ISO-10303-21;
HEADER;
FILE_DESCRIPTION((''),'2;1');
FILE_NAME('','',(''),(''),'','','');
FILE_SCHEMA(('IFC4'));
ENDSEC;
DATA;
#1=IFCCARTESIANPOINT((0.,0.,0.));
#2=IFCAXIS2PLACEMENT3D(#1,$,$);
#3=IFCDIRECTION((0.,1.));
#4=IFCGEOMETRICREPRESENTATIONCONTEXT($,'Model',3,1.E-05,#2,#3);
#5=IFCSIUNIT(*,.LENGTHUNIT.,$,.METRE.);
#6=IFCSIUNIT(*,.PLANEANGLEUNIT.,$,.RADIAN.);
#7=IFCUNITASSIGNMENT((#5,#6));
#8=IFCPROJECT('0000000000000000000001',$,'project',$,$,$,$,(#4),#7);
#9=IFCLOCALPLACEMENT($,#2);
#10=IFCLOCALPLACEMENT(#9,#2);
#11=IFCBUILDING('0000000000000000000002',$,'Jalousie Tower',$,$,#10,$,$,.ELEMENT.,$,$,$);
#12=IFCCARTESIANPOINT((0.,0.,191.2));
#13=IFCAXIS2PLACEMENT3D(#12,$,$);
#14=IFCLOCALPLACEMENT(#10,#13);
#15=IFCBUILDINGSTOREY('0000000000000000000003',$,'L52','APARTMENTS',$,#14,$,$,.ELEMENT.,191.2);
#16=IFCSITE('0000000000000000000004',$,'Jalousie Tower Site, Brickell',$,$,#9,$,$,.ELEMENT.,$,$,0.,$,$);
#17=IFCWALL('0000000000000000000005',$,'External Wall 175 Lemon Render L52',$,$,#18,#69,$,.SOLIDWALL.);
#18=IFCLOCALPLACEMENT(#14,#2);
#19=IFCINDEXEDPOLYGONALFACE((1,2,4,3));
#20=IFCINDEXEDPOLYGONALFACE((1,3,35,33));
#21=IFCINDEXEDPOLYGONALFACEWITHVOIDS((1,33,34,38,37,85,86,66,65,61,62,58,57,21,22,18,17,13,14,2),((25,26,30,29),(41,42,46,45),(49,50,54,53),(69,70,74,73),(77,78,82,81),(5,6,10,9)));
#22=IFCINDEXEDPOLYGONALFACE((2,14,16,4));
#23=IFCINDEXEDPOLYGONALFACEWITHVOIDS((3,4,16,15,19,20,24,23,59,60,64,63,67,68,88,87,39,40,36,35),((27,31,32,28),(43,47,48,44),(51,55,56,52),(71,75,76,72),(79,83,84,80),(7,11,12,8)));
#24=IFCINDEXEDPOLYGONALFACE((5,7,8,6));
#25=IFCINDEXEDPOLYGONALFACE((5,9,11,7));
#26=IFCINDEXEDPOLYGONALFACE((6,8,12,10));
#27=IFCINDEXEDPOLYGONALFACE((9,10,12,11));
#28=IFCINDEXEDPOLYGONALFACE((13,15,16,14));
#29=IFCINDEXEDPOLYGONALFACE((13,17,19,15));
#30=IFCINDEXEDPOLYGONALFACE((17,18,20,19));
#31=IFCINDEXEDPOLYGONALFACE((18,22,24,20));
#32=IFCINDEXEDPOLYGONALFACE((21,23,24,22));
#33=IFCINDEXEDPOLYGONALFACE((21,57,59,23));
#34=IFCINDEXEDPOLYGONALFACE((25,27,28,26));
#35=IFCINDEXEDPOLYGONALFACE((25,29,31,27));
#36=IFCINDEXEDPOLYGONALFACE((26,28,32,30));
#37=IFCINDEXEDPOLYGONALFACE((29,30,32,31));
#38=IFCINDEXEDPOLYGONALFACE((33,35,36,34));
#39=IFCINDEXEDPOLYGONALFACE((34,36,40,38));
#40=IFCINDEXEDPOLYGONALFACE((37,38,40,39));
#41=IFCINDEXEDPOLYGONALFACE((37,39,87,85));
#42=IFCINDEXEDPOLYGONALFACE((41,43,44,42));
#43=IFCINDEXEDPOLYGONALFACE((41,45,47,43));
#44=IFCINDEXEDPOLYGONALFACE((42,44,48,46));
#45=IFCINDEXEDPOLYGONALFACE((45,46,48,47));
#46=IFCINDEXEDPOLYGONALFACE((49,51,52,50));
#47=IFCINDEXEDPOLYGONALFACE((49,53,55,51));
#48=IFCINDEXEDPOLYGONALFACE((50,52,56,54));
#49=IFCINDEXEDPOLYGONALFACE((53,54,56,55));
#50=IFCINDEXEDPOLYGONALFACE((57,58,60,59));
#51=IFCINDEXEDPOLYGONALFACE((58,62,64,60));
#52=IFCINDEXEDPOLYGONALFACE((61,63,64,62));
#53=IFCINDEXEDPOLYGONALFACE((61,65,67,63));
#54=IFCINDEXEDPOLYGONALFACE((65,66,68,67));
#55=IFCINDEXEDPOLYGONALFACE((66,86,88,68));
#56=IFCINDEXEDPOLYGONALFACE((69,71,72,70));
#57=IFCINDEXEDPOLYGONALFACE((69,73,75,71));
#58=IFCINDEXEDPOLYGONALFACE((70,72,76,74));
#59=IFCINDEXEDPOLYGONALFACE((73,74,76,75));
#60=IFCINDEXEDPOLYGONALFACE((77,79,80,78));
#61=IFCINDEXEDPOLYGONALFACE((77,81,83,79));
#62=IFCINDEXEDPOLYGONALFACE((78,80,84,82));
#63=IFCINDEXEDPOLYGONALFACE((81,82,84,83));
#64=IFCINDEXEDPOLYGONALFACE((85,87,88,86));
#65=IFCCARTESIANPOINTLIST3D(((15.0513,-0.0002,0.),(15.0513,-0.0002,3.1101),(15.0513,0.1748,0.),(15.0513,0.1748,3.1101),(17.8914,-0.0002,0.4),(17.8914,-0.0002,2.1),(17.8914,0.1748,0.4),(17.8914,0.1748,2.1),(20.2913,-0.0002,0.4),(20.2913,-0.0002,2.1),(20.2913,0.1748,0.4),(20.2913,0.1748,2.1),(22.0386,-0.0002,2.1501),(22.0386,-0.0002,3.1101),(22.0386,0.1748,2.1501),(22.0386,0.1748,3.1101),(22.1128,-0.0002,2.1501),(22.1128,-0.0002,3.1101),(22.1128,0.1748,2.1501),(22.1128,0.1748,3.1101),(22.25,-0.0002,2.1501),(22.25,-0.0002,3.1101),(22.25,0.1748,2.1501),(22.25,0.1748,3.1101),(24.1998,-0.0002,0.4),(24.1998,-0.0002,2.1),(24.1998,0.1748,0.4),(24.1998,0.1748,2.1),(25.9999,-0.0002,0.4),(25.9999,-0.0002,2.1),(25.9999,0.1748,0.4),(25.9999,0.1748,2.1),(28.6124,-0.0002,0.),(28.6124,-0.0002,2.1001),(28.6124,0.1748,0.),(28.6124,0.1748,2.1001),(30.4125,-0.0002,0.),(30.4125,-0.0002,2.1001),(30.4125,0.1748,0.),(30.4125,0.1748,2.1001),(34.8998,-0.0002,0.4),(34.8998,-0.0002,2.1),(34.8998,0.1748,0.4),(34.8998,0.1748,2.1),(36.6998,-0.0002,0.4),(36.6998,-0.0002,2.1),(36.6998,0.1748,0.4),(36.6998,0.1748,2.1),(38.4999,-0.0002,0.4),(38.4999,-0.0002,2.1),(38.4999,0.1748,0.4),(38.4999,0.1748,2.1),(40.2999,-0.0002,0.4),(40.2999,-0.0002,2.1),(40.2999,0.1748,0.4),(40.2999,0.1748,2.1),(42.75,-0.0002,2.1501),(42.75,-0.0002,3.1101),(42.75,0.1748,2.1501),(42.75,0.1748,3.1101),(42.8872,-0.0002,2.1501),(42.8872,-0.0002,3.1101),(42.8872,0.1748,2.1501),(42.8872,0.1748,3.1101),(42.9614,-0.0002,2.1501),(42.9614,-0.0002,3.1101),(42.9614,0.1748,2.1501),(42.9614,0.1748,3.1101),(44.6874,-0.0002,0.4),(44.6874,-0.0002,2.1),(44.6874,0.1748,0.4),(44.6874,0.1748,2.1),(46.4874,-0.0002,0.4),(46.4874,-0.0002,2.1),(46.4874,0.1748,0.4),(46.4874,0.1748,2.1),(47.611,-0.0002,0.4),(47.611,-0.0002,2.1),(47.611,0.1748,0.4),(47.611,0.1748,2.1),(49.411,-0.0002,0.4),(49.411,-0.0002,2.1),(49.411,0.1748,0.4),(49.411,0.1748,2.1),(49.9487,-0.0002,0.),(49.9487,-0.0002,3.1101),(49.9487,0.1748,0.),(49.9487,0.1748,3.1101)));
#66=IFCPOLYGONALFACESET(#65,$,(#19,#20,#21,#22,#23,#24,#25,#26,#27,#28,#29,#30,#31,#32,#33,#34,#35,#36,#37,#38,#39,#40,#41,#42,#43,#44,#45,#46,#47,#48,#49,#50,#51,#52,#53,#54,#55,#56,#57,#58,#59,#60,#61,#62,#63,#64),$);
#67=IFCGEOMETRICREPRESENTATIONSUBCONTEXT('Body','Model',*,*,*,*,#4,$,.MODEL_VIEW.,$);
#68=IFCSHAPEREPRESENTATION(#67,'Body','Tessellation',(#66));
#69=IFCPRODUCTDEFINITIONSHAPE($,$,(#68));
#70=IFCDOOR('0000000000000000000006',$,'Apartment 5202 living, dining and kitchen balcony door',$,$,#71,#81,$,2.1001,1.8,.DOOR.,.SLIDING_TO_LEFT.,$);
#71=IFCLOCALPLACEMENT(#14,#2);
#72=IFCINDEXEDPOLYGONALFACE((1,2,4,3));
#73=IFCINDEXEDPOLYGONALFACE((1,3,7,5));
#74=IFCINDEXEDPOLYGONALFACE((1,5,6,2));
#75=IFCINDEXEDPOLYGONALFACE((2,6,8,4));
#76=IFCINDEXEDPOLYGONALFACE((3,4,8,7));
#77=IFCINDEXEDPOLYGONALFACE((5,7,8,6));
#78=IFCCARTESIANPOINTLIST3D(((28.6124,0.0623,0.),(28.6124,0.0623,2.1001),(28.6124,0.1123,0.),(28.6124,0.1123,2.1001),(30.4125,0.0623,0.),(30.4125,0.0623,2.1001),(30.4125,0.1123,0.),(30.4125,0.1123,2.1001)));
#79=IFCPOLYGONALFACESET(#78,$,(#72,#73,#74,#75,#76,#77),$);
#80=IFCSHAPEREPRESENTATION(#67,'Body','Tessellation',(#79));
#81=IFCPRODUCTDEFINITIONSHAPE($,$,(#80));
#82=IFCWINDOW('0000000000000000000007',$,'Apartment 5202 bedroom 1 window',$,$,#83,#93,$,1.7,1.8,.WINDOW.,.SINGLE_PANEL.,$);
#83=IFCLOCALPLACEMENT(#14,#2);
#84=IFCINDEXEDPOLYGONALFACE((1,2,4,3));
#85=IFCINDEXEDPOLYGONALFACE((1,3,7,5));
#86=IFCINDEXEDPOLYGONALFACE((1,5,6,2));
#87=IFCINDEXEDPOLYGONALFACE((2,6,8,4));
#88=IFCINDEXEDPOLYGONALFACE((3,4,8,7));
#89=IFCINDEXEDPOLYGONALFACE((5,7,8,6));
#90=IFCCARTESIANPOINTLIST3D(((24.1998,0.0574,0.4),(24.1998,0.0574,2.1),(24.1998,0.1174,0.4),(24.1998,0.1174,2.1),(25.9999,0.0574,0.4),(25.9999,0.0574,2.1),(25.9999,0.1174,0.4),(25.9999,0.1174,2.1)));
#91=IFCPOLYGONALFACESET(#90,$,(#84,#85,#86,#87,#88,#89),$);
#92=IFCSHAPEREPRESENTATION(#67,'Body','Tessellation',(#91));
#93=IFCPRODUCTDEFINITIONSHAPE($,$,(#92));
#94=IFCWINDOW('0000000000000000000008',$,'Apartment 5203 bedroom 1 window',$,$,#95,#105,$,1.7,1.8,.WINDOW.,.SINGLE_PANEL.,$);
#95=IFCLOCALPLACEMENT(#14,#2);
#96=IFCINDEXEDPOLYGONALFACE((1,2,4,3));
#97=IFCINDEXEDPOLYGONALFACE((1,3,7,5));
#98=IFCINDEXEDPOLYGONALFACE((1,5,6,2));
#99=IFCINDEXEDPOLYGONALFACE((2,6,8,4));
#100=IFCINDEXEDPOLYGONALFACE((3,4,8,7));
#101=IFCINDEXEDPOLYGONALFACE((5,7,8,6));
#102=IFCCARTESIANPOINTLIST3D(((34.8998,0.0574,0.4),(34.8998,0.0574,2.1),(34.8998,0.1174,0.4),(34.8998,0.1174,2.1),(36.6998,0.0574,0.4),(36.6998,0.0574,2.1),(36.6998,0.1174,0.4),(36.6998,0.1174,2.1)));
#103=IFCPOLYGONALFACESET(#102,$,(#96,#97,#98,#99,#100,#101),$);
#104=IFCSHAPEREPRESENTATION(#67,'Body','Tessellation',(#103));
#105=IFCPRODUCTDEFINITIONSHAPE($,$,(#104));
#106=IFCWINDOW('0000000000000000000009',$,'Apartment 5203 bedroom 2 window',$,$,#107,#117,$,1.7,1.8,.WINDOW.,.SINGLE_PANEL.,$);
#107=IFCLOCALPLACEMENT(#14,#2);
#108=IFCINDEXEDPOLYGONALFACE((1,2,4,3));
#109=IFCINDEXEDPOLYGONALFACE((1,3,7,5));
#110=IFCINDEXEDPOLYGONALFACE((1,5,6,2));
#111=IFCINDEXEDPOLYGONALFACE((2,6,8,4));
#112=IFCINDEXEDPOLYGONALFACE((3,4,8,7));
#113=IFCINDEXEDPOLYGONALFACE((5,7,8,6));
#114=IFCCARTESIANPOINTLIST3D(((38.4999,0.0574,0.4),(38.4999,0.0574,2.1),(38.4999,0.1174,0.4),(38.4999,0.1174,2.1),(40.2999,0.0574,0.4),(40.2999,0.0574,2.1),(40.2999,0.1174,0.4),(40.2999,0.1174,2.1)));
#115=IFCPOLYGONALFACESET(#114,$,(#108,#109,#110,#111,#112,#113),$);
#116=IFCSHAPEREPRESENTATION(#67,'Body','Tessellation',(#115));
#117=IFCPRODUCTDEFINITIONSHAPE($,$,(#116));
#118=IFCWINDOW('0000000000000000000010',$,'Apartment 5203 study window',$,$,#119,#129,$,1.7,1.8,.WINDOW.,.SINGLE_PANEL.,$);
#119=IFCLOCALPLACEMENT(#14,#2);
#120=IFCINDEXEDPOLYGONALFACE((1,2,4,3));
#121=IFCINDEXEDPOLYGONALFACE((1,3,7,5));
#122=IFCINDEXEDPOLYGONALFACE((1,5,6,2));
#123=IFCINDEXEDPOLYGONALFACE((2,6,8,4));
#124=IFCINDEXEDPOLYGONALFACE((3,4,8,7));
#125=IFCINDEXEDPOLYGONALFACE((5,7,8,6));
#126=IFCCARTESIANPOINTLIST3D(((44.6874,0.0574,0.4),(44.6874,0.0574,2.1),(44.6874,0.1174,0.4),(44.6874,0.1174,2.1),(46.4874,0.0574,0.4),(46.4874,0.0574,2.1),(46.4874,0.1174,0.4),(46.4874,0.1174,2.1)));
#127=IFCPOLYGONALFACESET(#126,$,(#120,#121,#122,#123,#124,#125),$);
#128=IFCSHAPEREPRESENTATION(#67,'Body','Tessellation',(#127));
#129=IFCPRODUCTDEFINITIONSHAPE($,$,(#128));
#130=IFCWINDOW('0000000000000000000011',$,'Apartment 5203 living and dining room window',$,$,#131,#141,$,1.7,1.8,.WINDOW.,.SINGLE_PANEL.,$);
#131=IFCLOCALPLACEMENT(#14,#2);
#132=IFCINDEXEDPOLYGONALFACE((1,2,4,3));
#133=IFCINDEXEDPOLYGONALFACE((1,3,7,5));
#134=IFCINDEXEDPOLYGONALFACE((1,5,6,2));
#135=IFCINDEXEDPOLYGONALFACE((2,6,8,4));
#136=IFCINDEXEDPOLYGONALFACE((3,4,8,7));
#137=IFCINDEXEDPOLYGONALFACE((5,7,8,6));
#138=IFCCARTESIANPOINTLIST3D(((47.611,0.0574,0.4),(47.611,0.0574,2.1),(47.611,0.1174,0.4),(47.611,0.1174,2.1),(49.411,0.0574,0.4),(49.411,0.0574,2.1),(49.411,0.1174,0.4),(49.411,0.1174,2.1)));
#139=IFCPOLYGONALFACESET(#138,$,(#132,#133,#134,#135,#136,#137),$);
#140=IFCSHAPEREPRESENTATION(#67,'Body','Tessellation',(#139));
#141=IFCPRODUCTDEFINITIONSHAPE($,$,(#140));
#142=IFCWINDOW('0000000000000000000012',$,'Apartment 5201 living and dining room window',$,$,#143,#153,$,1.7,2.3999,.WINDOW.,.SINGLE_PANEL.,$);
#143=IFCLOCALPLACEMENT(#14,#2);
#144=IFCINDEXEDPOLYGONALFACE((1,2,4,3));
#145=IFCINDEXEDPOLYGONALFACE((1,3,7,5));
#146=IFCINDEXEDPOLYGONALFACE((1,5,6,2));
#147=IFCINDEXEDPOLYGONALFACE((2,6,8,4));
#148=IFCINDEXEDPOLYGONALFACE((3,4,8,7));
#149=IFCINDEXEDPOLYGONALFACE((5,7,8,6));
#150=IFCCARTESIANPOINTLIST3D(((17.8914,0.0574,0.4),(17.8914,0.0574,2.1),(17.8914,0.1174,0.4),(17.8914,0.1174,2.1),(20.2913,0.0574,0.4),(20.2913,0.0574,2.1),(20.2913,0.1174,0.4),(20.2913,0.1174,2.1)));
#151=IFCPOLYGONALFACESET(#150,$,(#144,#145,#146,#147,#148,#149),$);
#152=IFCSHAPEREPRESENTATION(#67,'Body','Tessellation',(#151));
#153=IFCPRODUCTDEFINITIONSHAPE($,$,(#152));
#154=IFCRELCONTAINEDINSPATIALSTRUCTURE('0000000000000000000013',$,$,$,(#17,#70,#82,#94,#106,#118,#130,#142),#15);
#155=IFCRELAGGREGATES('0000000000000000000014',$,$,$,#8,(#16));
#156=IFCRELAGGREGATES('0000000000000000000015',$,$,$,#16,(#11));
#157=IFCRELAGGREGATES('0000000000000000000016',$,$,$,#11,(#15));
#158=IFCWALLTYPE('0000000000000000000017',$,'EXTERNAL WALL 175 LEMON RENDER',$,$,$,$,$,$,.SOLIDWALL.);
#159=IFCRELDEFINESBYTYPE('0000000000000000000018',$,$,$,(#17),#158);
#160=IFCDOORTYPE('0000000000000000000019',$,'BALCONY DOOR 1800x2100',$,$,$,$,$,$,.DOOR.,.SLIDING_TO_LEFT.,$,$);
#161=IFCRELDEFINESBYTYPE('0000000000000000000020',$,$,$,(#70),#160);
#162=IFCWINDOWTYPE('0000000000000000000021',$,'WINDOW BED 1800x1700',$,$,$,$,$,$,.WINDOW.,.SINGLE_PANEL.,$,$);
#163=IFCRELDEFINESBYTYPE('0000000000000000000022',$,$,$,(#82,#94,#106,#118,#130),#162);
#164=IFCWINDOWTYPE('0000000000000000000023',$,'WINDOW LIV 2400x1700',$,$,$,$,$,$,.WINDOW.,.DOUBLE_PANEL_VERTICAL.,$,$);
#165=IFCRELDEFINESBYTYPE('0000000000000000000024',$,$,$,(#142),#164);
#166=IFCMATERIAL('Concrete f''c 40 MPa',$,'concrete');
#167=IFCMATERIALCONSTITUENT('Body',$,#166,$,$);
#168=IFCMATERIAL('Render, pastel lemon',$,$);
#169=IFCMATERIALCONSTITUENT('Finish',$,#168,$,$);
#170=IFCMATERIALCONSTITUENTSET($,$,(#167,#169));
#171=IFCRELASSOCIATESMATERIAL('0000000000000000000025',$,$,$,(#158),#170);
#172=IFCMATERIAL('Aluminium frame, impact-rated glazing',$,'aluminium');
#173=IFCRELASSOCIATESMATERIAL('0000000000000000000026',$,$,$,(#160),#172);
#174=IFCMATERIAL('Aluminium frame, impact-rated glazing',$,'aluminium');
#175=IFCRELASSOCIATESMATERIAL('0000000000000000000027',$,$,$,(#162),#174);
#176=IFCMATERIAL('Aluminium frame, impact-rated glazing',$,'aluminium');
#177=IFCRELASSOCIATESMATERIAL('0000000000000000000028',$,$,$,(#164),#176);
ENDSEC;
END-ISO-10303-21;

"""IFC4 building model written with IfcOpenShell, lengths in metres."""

from ifc_helpers import new_model, si_unit, direction, frame, frame_2d, origin, place, context, subcontext, project, spatial, polyline, rectangle, outline, extrude, material, constituent, constituent_set, type_object, element, fill, save


model = new_model("IFC4")

# Units and contexts
model_context = context("Model", 3, precision=1e-05, world=origin(), true_north=direction((0.0, 1.0)))
body_context = subcontext(model_context, "Body", "Model", "MODEL_VIEW")
ifc_project = project(units=[si_unit("LENGTHUNIT", "METRE"), si_unit("PLANEANGLEUNIT", "RADIAN")], contexts=[model_context])

# Site, building, storey
site_placement = place(None, origin())
site = spatial("IfcSite", under=ifc_project, at=site_placement, Name="Jalousie Tower Site, Brickell", CompositionType="ELEMENT", RefElevation=0.0)
building_placement = place(site_placement, origin())
building = spatial("IfcBuilding", under=site, at=building_placement, Name="Jalousie Tower", CompositionType="ELEMENT")
storey_placement = place(building_placement, frame((0.0, 0.0, 191.2)))
storey = spatial("IfcBuildingStorey", under=building, at=storey_placement, Name="L52", Description="APARTMENTS", CompositionType="ELEMENT", Elevation=191.2)

# Wall, openings, door, windows
ifc_material_1 = material(Name="Concrete f'c 40 MPa", Category="concrete")
ifc_constituent_1 = constituent(ifc_material_1, Name="Body")
ifc_material_2 = material(Name="Render, pastel lemon")
ifc_constituent_2 = constituent(ifc_material_2, Name="Finish")
ifc_constituent_set_1 = constituent_set(constituents=[ifc_constituent_1, ifc_constituent_2])
wall_type_1 = type_object("IfcWallType", Name="EXTERNAL WALL 175 LEMON RENDER", PredefinedType="SOLIDWALL", material=ifc_constituent_set_1)
wall_1_placement = place(storey_placement, frame((15.0513, 0.0874, 0.0), z_axis=(0.0, 0.0, 1.0), x_axis=(1.0, 0.0, 0.0)))
wall_1 = element("IfcWall", 1, at=wall_1_placement, inside=storey, type_object=wall_type_1, Name="External Wall 175 Lemon Render L52", PredefinedType="SOLIDWALL", context=body_context, shape_type="SweptSolid", body=[
    extrude(outline(polyline([(0.0, 0.0), (34.8975, 0.0), (34.8975, 3.1101), (27.9102, 3.1101), (27.9102, 2.1501), (27.8359, 2.1501), (27.8359, 3.1101), (27.6987, 3.1101), (27.6987, 2.1501), (7.1987, 2.1501), (7.1987, 3.1101), (7.0615, 3.1101), (7.0615, 2.1501), (6.9873, 2.1501), (6.9873, 3.1101), (0.0, 3.1101), (0.0, 0.0)])), frame((0.0, 0.0874, 0.0), z_axis=(0.0, -1.0, 0.0), x_axis=(1.0, 0.0, 0.0)), (0.0, 0.0, 1.0), 0.175),
])
opening_1_placement = place(wall_1_placement, frame((2.8401, 0.0, 0.3999)))
opening_1 = element("IfcOpeningElement", 2, at=opening_1_placement, cuts=wall_1, PredefinedType="OPENING", context=body_context, shape_type="SweptSolid", body=[
    extrude(rectangle(XDim=2.3999, YDim=1.7, at=frame_2d((1.2, 0.8501))), frame((0.0, 0.0974, 0.0), z_axis=(0.0, -1.0, 0.0), x_axis=(1.0, 0.0, 0.0)), (0.0, 0.0, 1.0), 0.1951),
])
opening_2_placement = place(wall_1_placement, frame((9.1487, 0.0, 0.3999)))
opening_2 = element("IfcOpeningElement", 3, at=opening_2_placement, cuts=wall_1, PredefinedType="OPENING", context=body_context, shape_type="SweptSolid", body=[
    extrude(rectangle(XDim=1.8, YDim=1.7, at=frame_2d((0.8999, 0.8501))), frame((0.0, 0.0974, 0.0), z_axis=(0.0, -1.0, 0.0), x_axis=(1.0, 0.0, 0.0)), (0.0, 0.0, 1.0), 0.1951),
])
opening_3_placement = place(wall_1_placement, frame((13.5613, 0.0, 0.0)))
opening_3 = element("IfcOpeningElement", 4, at=opening_3_placement, cuts=wall_1, PredefinedType="OPENING", context=body_context, shape_type="SweptSolid", body=[
    extrude(rectangle(XDim=1.8, YDim=2.1001, at=frame_2d((0.8999, 1.05))), frame((0.0, 0.0974, 0.0), z_axis=(0.0, -1.0, 0.0), x_axis=(1.0, 0.0, 0.0)), (0.0, 0.0, 1.0), 0.1951),
])
opening_4_placement = place(wall_1_placement, frame((19.8486, 0.0, 0.3999)))
opening_4 = element("IfcOpeningElement", 5, at=opening_4_placement, cuts=wall_1, PredefinedType="OPENING", context=body_context, shape_type="SweptSolid", body=[
    extrude(rectangle(XDim=1.8, YDim=1.7, at=frame_2d((0.8999, 0.8501))), frame((0.0, 0.0974, 0.0), z_axis=(0.0, -1.0, 0.0), x_axis=(1.0, 0.0, 0.0)), (0.0, 0.0, 1.0), 0.1951),
])
opening_5_placement = place(wall_1_placement, frame((23.4487, 0.0, 0.3999)))
opening_5 = element("IfcOpeningElement", 6, at=opening_5_placement, cuts=wall_1, PredefinedType="OPENING", context=body_context, shape_type="SweptSolid", body=[
    extrude(rectangle(XDim=1.8, YDim=1.7, at=frame_2d((0.8999, 0.8501))), frame((0.0, 0.0974, 0.0), z_axis=(0.0, -1.0, 0.0), x_axis=(1.0, 0.0, 0.0)), (0.0, 0.0, 1.0), 0.1951),
])
opening_6_placement = place(wall_1_placement, frame((29.6362, 0.0, 0.3999)))
opening_6 = element("IfcOpeningElement", 7, at=opening_6_placement, cuts=wall_1, PredefinedType="OPENING", context=body_context, shape_type="SweptSolid", body=[
    extrude(rectangle(XDim=1.8, YDim=1.7, at=frame_2d((0.8999, 0.8501))), frame((0.0, 0.0974, 0.0), z_axis=(0.0, -1.0, 0.0), x_axis=(1.0, 0.0, 0.0)), (0.0, 0.0, 1.0), 0.1951),
])
opening_7_placement = place(wall_1_placement, frame((32.5598, 0.0, 0.3999)))
opening_7 = element("IfcOpeningElement", 8, at=opening_7_placement, cuts=wall_1, PredefinedType="OPENING", context=body_context, shape_type="SweptSolid", body=[
    extrude(rectangle(XDim=1.8, YDim=1.7, at=frame_2d((0.8999, 0.8501))), frame((0.0, 0.0974, 0.0), z_axis=(0.0, -1.0, 0.0), x_axis=(1.0, 0.0, 0.0)), (0.0, 0.0, 1.0), 0.1951),
])
ifc_material_3 = material(Name="Aluminium frame, impact-rated glazing", Category="aluminium")
door_type_1 = type_object("IfcDoorType", Name="BALCONY DOOR 1800x2100", OperationType="SLIDING_TO_LEFT", PredefinedType="DOOR", material=ifc_material_3)
door_1_placement = place(opening_3_placement, origin())
door_1 = element("IfcDoor", 9, at=door_1_placement, inside=storey, type_object=door_type_1, Name="Apartment 5202 living, dining and kitchen balcony door", OperationType="SLIDING_TO_LEFT", OverallHeight=2.1001, OverallWidth=1.8, PredefinedType="DOOR", context=body_context, shape_type="SweptSolid", body=[
    extrude(rectangle(XDim=1.8, YDim=2.1001, at=frame_2d((0.8999, 1.05))), frame((0.0, 0.0249, 0.0), z_axis=(0.0, -1.0, 0.0), x_axis=(1.0, 0.0, 0.0)), (0.0, 0.0, 1.0), 0.05),
])
fill(opening_3, door_1)
ifc_material_4 = material(Name="Aluminium frame, impact-rated glazing", Category="aluminium")
window_type_1 = type_object("IfcWindowType", Name="WINDOW BED 1800x1700", PartitioningType="SINGLE_PANEL", PredefinedType="WINDOW", material=ifc_material_4)
window_1_placement = place(opening_2_placement, origin())
window_1 = element("IfcWindow", 10, at=window_1_placement, inside=storey, type_object=window_type_1, Name="Apartment 5202 bedroom 1 window", OverallHeight=1.7, OverallWidth=1.8, PartitioningType="SINGLE_PANEL", PredefinedType="WINDOW", context=body_context, shape_type="SweptSolid", body=[
    extrude(rectangle(XDim=1.8, YDim=1.7, at=frame_2d((0.8999, 0.8501))), frame((0.0, 0.03, 0.0), z_axis=(0.0, -1.0, 0.0), x_axis=(1.0, 0.0, 0.0)), (0.0, 0.0, 1.0), 0.0601),
])
fill(opening_2, window_1)
window_2_placement = place(opening_4_placement, origin())
window_2 = element("IfcWindow", 11, at=window_2_placement, inside=storey, type_object=window_type_1, Name="Apartment 5203 bedroom 1 window", OverallHeight=1.7, OverallWidth=1.8, PartitioningType="SINGLE_PANEL", PredefinedType="WINDOW", context=body_context, shape_type="SweptSolid", body=[
    extrude(rectangle(XDim=1.8, YDim=1.7, at=frame_2d((0.8999, 0.8501))), frame((0.0, 0.03, 0.0), z_axis=(0.0, -1.0, 0.0), x_axis=(1.0, 0.0, 0.0)), (0.0, 0.0, 1.0), 0.0601),
])
fill(opening_4, window_2)
window_3_placement = place(opening_5_placement, origin())
window_3 = element("IfcWindow", 12, at=window_3_placement, inside=storey, type_object=window_type_1, Name="Apartment 5203 bedroom 2 window", OverallHeight=1.7, OverallWidth=1.8, PartitioningType="SINGLE_PANEL", PredefinedType="WINDOW", context=body_context, shape_type="SweptSolid", body=[
    extrude(rectangle(XDim=1.8, YDim=1.7, at=frame_2d((0.8999, 0.8501))), frame((0.0, 0.03, 0.0), z_axis=(0.0, -1.0, 0.0), x_axis=(1.0, 0.0, 0.0)), (0.0, 0.0, 1.0), 0.0601),
])
fill(opening_5, window_3)
window_4_placement = place(opening_6_placement, origin())
window_4 = element("IfcWindow", 13, at=window_4_placement, inside=storey, type_object=window_type_1, Name="Apartment 5203 study window", OverallHeight=1.7, OverallWidth=1.8, PartitioningType="SINGLE_PANEL", PredefinedType="WINDOW", context=body_context, shape_type="SweptSolid", body=[
    extrude(rectangle(XDim=1.8, YDim=1.7, at=frame_2d((0.8999, 0.8501))), frame((0.0, 0.03, 0.0), z_axis=(0.0, -1.0, 0.0), x_axis=(1.0, 0.0, 0.0)), (0.0, 0.0, 1.0), 0.0601),
])
fill(opening_6, window_4)
window_5_placement = place(opening_7_placement, origin())
window_5 = element("IfcWindow", 14, at=window_5_placement, inside=storey, type_object=window_type_1, Name="Apartment 5203 living and dining room window", OverallHeight=1.7, OverallWidth=1.8, PartitioningType="SINGLE_PANEL", PredefinedType="WINDOW", context=body_context, shape_type="SweptSolid", body=[
    extrude(rectangle(XDim=1.8, YDim=1.7, at=frame_2d((0.8999, 0.8501))), frame((0.0, 0.03, 0.0), z_axis=(0.0, -1.0, 0.0), x_axis=(1.0, 0.0, 0.0)), (0.0, 0.0, 1.0), 0.0601),
])
fill(opening_7, window_5)
ifc_material_5 = material(Name="Aluminium frame, impact-rated glazing", Category="aluminium")
window_type_2 = type_object("IfcWindowType", Name="WINDOW LIV 2400x1700", PartitioningType="DOUBLE_PANEL_VERTICAL", PredefinedType="WINDOW", material=ifc_material_5)
window_6_placement = place(opening_1_placement, origin())
window_6 = element("IfcWindow", 15, at=window_6_placement, inside=storey, type_object=window_type_2, Name="Apartment 5201 living and dining room window", OverallHeight=1.7, OverallWidth=2.3999, PartitioningType="SINGLE_PANEL", PredefinedType="WINDOW", context=body_context, shape_type="SweptSolid", body=[
    extrude(rectangle(XDim=2.3999, YDim=1.7, at=frame_2d((1.2, 0.8501))), frame((0.0, 0.03, 0.0), z_axis=(0.0, -1.0, 0.0), x_axis=(1.0, 0.0, 0.0)), (0.0, 0.0, 1.0), 0.0601),
])
fill(opening_1, window_6)

save(model, "model.ifc")
